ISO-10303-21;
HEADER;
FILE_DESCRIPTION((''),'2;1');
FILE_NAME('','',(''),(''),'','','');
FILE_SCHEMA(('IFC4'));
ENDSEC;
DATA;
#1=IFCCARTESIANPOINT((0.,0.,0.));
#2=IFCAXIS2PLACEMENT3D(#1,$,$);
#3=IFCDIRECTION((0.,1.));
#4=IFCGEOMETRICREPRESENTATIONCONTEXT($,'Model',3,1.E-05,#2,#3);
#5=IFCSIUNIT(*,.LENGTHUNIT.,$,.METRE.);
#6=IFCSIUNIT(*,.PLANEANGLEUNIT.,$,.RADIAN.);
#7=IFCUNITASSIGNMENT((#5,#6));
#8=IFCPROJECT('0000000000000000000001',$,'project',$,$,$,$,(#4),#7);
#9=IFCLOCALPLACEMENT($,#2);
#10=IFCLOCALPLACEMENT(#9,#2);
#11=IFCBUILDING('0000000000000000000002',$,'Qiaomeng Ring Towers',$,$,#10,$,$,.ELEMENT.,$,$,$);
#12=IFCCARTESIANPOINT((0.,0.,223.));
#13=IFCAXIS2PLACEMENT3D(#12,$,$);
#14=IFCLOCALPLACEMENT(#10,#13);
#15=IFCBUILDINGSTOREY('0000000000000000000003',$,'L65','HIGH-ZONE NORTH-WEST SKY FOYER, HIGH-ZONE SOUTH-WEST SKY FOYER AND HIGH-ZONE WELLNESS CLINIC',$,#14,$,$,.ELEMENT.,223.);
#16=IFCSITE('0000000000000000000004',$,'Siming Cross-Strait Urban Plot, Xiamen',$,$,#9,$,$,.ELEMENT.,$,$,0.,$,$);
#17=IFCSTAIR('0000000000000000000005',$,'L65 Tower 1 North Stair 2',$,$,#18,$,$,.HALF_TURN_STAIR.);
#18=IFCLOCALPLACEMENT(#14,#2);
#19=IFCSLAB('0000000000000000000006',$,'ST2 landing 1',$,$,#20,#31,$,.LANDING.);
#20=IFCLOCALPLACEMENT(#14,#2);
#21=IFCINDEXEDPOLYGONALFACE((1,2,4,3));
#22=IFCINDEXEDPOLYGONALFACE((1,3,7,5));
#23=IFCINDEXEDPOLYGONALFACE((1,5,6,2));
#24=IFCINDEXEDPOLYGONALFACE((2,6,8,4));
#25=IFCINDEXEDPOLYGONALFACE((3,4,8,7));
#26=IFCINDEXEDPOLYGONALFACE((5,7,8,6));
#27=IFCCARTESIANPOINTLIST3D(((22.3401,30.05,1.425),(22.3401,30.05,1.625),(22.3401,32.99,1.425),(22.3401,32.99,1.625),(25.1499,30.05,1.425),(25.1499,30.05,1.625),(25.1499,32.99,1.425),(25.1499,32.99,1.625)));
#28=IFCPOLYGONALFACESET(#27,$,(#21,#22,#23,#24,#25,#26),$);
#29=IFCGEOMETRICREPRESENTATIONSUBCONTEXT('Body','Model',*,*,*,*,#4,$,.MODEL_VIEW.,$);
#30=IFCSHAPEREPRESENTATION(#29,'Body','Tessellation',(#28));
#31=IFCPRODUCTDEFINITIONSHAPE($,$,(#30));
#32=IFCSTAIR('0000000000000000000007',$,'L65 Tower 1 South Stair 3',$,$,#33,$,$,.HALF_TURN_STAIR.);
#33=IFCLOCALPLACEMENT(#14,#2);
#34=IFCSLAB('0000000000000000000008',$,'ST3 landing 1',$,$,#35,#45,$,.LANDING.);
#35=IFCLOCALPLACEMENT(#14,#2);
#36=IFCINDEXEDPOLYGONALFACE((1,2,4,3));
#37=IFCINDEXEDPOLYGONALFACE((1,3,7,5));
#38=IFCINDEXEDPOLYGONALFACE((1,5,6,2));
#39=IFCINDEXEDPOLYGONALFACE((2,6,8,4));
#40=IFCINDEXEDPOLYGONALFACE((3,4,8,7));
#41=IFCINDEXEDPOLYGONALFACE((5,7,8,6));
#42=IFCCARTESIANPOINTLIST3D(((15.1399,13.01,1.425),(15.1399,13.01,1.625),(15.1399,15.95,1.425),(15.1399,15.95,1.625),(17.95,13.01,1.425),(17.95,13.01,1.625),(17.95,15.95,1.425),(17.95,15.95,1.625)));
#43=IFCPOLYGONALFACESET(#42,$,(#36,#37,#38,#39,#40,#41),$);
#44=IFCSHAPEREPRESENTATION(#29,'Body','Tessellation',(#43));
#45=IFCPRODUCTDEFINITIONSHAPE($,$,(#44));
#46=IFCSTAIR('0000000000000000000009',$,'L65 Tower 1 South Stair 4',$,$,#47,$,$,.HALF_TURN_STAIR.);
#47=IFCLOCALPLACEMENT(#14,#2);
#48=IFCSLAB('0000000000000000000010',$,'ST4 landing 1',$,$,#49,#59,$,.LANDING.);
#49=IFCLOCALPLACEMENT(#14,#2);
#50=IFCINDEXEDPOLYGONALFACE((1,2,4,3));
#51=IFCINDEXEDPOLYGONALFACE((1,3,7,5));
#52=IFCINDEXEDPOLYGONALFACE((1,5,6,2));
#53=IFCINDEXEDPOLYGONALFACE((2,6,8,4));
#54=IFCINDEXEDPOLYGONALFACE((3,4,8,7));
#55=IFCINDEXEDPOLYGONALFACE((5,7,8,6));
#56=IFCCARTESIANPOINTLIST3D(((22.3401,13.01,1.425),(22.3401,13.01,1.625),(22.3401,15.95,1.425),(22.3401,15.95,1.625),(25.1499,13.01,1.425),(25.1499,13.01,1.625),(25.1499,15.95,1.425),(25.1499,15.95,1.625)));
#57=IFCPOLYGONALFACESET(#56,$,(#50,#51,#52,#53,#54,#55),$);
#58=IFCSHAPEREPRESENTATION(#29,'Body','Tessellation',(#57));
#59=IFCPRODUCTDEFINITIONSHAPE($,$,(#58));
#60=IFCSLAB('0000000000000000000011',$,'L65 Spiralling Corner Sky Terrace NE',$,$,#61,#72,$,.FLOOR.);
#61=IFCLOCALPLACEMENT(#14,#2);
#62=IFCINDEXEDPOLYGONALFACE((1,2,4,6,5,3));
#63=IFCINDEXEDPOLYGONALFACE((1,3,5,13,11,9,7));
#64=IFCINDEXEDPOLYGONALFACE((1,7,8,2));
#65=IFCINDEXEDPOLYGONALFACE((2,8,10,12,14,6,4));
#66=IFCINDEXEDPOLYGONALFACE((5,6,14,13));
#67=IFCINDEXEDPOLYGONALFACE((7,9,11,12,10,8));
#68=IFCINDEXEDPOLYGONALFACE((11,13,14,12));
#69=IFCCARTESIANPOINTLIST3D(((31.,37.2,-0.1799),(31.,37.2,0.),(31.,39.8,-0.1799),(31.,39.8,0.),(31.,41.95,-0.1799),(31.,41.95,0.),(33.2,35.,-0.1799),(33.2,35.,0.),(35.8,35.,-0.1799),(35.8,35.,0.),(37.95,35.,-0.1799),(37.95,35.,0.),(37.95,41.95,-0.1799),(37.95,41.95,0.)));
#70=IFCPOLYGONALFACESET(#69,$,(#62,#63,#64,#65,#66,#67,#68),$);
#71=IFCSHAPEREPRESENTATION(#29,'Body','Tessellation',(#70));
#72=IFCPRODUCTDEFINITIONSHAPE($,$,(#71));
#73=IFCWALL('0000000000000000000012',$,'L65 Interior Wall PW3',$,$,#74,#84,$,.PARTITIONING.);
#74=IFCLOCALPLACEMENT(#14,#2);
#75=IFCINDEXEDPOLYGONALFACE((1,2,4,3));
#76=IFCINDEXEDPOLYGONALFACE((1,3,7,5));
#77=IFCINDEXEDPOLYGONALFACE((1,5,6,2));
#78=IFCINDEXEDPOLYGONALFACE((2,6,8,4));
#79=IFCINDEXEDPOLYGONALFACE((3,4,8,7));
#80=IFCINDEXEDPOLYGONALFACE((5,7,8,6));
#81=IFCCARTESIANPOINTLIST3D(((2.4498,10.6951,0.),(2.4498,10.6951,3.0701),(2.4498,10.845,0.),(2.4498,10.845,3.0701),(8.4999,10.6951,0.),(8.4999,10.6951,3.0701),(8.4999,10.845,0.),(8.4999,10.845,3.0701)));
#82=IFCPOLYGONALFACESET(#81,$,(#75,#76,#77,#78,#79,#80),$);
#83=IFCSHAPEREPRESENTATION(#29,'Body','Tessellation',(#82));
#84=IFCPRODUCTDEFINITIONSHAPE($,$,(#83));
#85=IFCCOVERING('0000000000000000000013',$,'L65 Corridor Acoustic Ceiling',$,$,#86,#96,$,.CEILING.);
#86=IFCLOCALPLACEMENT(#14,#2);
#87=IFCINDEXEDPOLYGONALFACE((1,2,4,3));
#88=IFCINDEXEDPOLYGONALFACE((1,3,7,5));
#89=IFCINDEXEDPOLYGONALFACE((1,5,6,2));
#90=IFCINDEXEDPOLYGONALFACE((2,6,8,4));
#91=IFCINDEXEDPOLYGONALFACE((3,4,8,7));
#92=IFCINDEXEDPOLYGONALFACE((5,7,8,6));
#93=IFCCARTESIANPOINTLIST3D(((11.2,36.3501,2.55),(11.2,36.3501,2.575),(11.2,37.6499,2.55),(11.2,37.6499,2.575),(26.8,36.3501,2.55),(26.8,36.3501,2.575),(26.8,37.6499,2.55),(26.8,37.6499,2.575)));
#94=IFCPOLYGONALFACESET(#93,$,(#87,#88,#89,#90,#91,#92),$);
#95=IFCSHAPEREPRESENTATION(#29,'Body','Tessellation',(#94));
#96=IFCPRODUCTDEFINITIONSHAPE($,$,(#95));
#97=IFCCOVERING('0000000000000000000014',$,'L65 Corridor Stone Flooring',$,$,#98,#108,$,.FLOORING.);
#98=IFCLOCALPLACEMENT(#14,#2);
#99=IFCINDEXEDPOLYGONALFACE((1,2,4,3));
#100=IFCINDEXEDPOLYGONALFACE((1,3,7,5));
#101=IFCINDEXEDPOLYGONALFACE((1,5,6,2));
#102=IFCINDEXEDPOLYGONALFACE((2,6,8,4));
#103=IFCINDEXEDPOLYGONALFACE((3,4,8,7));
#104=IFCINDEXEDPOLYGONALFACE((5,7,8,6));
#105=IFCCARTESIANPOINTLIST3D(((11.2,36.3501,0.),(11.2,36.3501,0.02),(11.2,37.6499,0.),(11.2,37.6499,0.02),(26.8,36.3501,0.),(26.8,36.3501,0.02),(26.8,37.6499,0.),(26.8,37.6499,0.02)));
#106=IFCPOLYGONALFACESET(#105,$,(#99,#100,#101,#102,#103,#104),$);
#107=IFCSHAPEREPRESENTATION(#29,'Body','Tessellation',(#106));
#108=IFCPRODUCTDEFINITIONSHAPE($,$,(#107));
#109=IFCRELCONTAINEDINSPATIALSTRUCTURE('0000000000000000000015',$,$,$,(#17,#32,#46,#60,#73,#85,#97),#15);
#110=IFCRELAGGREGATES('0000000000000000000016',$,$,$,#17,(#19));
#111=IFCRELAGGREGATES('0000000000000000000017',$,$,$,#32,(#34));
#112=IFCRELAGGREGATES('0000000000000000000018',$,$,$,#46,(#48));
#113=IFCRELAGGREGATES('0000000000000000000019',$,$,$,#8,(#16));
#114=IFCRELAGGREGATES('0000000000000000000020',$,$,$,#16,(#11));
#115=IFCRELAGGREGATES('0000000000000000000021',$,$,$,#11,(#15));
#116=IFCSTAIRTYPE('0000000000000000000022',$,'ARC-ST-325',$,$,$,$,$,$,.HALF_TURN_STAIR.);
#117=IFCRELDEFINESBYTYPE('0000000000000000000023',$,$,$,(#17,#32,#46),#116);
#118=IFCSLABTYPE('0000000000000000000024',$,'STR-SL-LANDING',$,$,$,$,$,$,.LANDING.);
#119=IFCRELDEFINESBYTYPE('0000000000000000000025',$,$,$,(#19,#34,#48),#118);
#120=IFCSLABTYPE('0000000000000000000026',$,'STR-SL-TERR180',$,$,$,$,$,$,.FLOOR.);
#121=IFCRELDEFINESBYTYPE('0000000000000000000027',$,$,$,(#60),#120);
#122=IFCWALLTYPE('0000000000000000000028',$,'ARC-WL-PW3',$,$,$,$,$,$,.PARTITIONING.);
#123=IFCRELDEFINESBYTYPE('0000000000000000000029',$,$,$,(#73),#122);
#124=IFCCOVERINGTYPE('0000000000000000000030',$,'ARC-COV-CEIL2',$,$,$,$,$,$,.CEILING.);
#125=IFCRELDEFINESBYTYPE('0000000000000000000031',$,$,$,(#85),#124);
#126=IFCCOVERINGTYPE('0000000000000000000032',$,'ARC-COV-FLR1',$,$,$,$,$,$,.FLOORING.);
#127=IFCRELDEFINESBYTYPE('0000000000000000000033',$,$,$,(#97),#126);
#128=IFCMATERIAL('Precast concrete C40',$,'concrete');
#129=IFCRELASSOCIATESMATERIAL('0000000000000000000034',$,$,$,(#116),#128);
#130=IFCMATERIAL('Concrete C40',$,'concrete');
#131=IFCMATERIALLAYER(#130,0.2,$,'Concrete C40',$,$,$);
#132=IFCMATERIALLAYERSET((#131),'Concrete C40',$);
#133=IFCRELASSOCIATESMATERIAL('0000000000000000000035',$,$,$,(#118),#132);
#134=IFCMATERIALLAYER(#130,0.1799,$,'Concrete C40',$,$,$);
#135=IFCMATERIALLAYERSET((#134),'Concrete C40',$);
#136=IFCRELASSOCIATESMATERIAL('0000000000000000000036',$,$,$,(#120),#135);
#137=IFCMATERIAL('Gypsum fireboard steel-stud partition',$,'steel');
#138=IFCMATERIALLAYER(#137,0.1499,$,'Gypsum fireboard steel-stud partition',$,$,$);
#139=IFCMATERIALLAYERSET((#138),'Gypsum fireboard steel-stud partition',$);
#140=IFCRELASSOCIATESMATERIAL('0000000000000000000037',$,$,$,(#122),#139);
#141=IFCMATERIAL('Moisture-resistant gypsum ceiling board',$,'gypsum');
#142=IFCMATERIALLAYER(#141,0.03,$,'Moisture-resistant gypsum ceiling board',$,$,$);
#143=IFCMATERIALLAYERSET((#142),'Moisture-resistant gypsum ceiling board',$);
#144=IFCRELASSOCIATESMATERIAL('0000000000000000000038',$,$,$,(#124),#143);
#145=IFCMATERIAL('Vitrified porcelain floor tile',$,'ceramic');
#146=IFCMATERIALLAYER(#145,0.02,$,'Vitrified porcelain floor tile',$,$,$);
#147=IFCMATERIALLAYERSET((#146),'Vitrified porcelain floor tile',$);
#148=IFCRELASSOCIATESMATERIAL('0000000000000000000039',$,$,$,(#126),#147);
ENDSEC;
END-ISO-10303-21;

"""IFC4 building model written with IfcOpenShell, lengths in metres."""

from ifc_helpers import new_model, si_unit, direction, frame, frame_2d, origin, place, context, subcontext, project, spatial, polyline, rectangle, outline, extrude, material, layer, layer_set, type_object, element, aggregate, save


model = new_model("IFC4")

# Units and contexts
model_context = context("Model", 3, precision=1e-05, world=origin(), true_north=direction((0.0, 1.0)))
body_context = subcontext(model_context, "Body", "Model", "MODEL_VIEW")
ifc_project = project(units=[si_unit("LENGTHUNIT", "METRE"), si_unit("PLANEANGLEUNIT", "RADIAN")], contexts=[model_context])

# Site, building, storey
site_placement = place(None, origin())
site = spatial("IfcSite", under=ifc_project, at=site_placement, Name="Siming Cross-Strait Urban Plot, Xiamen", CompositionType="ELEMENT", RefElevation=0.0)
building_placement = place(site_placement, origin())
building = spatial("IfcBuilding", under=site, at=building_placement, Name="Qiaomeng Ring Towers", CompositionType="ELEMENT")
storey_placement = place(building_placement, frame((0.0, 0.0, 223.0)))
storey = spatial("IfcBuildingStorey", under=building, at=storey_placement, Name="L65", Description="HIGH-ZONE NORTH-WEST SKY FOYER, HIGH-ZONE SOUTH-WEST SKY FOYER AND HIGH-ZONE WELLNESS CLINIC", CompositionType="ELEMENT", Elevation=223.0)

# Shared definitions
ifc_material_1 = material(Name="Concrete C40", Category="concrete")

# Stairs, slabs
ifc_material_2 = material(Name="Precast concrete C40", Category="concrete")
stair_type = type_object("IfcStairType", Name="ARC-ST-325", PredefinedType="HALF_TURN_STAIR", material=ifc_material_2)
ifc_layer_1 = layer(ifc_material_1, 0.2, Name="Concrete C40")
ifc_layer_set_1 = layer_set([ifc_layer_1], Name="Concrete C40")
slab_type_1 = type_object("IfcSlabType", Name="STR-SL-LANDING", PredefinedType="LANDING", material=ifc_layer_set_1)
stair_1_placement = place(storey_placement, origin())
stair_1 = element("IfcStair", 1, at=stair_1_placement, inside=storey, type_object=stair_type, Name="L65 Tower 1 North Stair 2", PredefinedType="HALF_TURN_STAIR")
slab_1_placement = place(storey_placement, frame((0.0, 0.0, 1.425)))
slab_1 = element("IfcSlab", 2, at=slab_1_placement, type_object=slab_type_1, Name="ST2 landing 1", PredefinedType="LANDING", context=body_context, shape_type="SweptSolid", body=[
    extrude(outline(polyline([(22.3401, 30.05), (25.1499, 30.05), (25.1499, 32.99), (22.3401, 32.99), (22.3401, 30.05)])), origin(), (0.0, 0.0, 1.0), 0.2),
])
aggregate(stair_1, [slab_1])
stair_2_placement = place(storey_placement, origin())
stair_2 = element("IfcStair", 3, at=stair_2_placement, inside=storey, type_object=stair_type, Name="L65 Tower 1 South Stair 3", PredefinedType="HALF_TURN_STAIR")
slab_2_placement = place(storey_placement, frame((0.0, 0.0, 1.425)))
slab_2 = element("IfcSlab", 4, at=slab_2_placement, type_object=slab_type_1, Name="ST3 landing 1", PredefinedType="LANDING", context=body_context, shape_type="SweptSolid", body=[
    extrude(outline(polyline([(15.1399, 13.01), (17.95, 13.01), (17.95, 15.95), (15.1399, 15.95), (15.1399, 13.01)])), origin(), (0.0, 0.0, 1.0), 0.2),
])
aggregate(stair_2, [slab_2])
stair_3_placement = place(storey_placement, origin())
stair_3 = element("IfcStair", 5, at=stair_3_placement, inside=storey, type_object=stair_type, Name="L65 Tower 1 South Stair 4", PredefinedType="HALF_TURN_STAIR")
slab_3_placement = place(storey_placement, frame((0.0, 0.0, 1.425)))
slab_3 = element("IfcSlab", 6, at=slab_3_placement, type_object=slab_type_1, Name="ST4 landing 1", PredefinedType="LANDING", context=body_context, shape_type="SweptSolid", body=[
    extrude(outline(polyline([(22.3401, 13.01), (25.1499, 13.01), (25.1499, 15.95), (22.3401, 15.95), (22.3401, 13.01)])), origin(), (0.0, 0.0, 1.0), 0.2),
])
aggregate(stair_3, [slab_3])

# Slab
ifc_layer_2 = layer(ifc_material_1, 0.1799, Name="Concrete C40")
ifc_layer_set_2 = layer_set([ifc_layer_2], Name="Concrete C40")
slab_type_2 = type_object("IfcSlabType", Name="STR-SL-TERR180", PredefinedType="FLOOR", material=ifc_layer_set_2)
slab_4_placement = place(storey_placement, frame((0.0, 0.0, -0.1799)))
element("IfcSlab", 7, at=slab_4_placement, inside=storey, type_object=slab_type_2, Name="L65 Spiralling Corner Sky Terrace NE", PredefinedType="FLOOR", context=body_context, shape_type="SweptSolid", body=[
    extrude(outline(polyline([(31.0, 41.95), (37.95, 41.95), (37.95, 35.0), (35.8, 35.0), (33.2, 35.0), (31.0, 37.2), (31.0, 39.8), (31.0, 39.8), (31.0, 41.95)])), origin(), (0.0, 0.0, 1.0), 0.1799),
])

# Wall
ifc_material_3 = material(Name="Gypsum fireboard steel-stud partition", Category="steel")
ifc_layer_3 = layer(ifc_material_3, 0.1499, Name="Gypsum fireboard steel-stud partition")
ifc_layer_set_3 = layer_set([ifc_layer_3], Name="Gypsum fireboard steel-stud partition")
wall_type = type_object("IfcWallType", Name="ARC-WL-PW3", PredefinedType="PARTITIONING", material=ifc_layer_set_3)
wall_placement = place(storey_placement, frame((2.45, 10.77, 0.0), z_axis=(0.0, 0.0, 1.0), x_axis=(1.0, 0.0, 0.0)))
element("IfcWall", 8, at=wall_placement, inside=storey, type_object=wall_type, Name="L65 Interior Wall PW3", PredefinedType="PARTITIONING", context=body_context, shape_type="SweptSolid", body=[
    extrude(rectangle(XDim=6.05, YDim=0.1499, at=frame_2d((3.0249, 0.0))), origin(), (0.0, 0.0, 1.0), 3.0701),
])

# Coverings
ifc_material_4 = material(Name="Moisture-resistant gypsum ceiling board", Category="gypsum")
ifc_layer_4 = layer(ifc_material_4, 0.03, Name="Moisture-resistant gypsum ceiling board")
ifc_layer_set_4 = layer_set([ifc_layer_4], Name="Moisture-resistant gypsum ceiling board")
covering_type_1 = type_object("IfcCoveringType", Name="ARC-COV-CEIL2", PredefinedType="CEILING", material=ifc_layer_set_4)
covering_1_placement = place(storey_placement, frame((0.0, 0.0, 2.55)))
element("IfcCovering", 9, at=covering_1_placement, inside=storey, type_object=covering_type_1, Name="L65 Corridor Acoustic Ceiling", PredefinedType="CEILING", context=body_context, shape_type="SweptSolid", body=[
    extrude(outline(polyline([(11.2, 36.3501), (11.2, 37.6499), (26.8, 37.6499), (26.8, 36.3501), (11.2, 36.3501)])), origin(), (0.0, 0.0, 1.0), 0.0249),
])
ifc_material_5 = material(Name="Vitrified porcelain floor tile", Category="ceramic")
ifc_layer_5 = layer(ifc_material_5, 0.02, Name="Vitrified porcelain floor tile")
ifc_layer_set_5 = layer_set([ifc_layer_5], Name="Vitrified porcelain floor tile")
covering_type_2 = type_object("IfcCoveringType", Name="ARC-COV-FLR1", PredefinedType="FLOORING", material=ifc_layer_set_5)
covering_2_placement = place(storey_placement, origin())
element("IfcCovering", 10, at=covering_2_placement, inside=storey, type_object=covering_type_2, Name="L65 Corridor Stone Flooring", PredefinedType="FLOORING", context=body_context, shape_type="SweptSolid", body=[
    extrude(outline(polyline([(11.2, 36.3501), (11.2, 37.6499), (26.8, 37.6499), (26.8, 36.3501), (11.2, 36.3501)])), origin(), (0.0, 0.0, 1.0), 0.02),
])

save(model, "model.ifc")
